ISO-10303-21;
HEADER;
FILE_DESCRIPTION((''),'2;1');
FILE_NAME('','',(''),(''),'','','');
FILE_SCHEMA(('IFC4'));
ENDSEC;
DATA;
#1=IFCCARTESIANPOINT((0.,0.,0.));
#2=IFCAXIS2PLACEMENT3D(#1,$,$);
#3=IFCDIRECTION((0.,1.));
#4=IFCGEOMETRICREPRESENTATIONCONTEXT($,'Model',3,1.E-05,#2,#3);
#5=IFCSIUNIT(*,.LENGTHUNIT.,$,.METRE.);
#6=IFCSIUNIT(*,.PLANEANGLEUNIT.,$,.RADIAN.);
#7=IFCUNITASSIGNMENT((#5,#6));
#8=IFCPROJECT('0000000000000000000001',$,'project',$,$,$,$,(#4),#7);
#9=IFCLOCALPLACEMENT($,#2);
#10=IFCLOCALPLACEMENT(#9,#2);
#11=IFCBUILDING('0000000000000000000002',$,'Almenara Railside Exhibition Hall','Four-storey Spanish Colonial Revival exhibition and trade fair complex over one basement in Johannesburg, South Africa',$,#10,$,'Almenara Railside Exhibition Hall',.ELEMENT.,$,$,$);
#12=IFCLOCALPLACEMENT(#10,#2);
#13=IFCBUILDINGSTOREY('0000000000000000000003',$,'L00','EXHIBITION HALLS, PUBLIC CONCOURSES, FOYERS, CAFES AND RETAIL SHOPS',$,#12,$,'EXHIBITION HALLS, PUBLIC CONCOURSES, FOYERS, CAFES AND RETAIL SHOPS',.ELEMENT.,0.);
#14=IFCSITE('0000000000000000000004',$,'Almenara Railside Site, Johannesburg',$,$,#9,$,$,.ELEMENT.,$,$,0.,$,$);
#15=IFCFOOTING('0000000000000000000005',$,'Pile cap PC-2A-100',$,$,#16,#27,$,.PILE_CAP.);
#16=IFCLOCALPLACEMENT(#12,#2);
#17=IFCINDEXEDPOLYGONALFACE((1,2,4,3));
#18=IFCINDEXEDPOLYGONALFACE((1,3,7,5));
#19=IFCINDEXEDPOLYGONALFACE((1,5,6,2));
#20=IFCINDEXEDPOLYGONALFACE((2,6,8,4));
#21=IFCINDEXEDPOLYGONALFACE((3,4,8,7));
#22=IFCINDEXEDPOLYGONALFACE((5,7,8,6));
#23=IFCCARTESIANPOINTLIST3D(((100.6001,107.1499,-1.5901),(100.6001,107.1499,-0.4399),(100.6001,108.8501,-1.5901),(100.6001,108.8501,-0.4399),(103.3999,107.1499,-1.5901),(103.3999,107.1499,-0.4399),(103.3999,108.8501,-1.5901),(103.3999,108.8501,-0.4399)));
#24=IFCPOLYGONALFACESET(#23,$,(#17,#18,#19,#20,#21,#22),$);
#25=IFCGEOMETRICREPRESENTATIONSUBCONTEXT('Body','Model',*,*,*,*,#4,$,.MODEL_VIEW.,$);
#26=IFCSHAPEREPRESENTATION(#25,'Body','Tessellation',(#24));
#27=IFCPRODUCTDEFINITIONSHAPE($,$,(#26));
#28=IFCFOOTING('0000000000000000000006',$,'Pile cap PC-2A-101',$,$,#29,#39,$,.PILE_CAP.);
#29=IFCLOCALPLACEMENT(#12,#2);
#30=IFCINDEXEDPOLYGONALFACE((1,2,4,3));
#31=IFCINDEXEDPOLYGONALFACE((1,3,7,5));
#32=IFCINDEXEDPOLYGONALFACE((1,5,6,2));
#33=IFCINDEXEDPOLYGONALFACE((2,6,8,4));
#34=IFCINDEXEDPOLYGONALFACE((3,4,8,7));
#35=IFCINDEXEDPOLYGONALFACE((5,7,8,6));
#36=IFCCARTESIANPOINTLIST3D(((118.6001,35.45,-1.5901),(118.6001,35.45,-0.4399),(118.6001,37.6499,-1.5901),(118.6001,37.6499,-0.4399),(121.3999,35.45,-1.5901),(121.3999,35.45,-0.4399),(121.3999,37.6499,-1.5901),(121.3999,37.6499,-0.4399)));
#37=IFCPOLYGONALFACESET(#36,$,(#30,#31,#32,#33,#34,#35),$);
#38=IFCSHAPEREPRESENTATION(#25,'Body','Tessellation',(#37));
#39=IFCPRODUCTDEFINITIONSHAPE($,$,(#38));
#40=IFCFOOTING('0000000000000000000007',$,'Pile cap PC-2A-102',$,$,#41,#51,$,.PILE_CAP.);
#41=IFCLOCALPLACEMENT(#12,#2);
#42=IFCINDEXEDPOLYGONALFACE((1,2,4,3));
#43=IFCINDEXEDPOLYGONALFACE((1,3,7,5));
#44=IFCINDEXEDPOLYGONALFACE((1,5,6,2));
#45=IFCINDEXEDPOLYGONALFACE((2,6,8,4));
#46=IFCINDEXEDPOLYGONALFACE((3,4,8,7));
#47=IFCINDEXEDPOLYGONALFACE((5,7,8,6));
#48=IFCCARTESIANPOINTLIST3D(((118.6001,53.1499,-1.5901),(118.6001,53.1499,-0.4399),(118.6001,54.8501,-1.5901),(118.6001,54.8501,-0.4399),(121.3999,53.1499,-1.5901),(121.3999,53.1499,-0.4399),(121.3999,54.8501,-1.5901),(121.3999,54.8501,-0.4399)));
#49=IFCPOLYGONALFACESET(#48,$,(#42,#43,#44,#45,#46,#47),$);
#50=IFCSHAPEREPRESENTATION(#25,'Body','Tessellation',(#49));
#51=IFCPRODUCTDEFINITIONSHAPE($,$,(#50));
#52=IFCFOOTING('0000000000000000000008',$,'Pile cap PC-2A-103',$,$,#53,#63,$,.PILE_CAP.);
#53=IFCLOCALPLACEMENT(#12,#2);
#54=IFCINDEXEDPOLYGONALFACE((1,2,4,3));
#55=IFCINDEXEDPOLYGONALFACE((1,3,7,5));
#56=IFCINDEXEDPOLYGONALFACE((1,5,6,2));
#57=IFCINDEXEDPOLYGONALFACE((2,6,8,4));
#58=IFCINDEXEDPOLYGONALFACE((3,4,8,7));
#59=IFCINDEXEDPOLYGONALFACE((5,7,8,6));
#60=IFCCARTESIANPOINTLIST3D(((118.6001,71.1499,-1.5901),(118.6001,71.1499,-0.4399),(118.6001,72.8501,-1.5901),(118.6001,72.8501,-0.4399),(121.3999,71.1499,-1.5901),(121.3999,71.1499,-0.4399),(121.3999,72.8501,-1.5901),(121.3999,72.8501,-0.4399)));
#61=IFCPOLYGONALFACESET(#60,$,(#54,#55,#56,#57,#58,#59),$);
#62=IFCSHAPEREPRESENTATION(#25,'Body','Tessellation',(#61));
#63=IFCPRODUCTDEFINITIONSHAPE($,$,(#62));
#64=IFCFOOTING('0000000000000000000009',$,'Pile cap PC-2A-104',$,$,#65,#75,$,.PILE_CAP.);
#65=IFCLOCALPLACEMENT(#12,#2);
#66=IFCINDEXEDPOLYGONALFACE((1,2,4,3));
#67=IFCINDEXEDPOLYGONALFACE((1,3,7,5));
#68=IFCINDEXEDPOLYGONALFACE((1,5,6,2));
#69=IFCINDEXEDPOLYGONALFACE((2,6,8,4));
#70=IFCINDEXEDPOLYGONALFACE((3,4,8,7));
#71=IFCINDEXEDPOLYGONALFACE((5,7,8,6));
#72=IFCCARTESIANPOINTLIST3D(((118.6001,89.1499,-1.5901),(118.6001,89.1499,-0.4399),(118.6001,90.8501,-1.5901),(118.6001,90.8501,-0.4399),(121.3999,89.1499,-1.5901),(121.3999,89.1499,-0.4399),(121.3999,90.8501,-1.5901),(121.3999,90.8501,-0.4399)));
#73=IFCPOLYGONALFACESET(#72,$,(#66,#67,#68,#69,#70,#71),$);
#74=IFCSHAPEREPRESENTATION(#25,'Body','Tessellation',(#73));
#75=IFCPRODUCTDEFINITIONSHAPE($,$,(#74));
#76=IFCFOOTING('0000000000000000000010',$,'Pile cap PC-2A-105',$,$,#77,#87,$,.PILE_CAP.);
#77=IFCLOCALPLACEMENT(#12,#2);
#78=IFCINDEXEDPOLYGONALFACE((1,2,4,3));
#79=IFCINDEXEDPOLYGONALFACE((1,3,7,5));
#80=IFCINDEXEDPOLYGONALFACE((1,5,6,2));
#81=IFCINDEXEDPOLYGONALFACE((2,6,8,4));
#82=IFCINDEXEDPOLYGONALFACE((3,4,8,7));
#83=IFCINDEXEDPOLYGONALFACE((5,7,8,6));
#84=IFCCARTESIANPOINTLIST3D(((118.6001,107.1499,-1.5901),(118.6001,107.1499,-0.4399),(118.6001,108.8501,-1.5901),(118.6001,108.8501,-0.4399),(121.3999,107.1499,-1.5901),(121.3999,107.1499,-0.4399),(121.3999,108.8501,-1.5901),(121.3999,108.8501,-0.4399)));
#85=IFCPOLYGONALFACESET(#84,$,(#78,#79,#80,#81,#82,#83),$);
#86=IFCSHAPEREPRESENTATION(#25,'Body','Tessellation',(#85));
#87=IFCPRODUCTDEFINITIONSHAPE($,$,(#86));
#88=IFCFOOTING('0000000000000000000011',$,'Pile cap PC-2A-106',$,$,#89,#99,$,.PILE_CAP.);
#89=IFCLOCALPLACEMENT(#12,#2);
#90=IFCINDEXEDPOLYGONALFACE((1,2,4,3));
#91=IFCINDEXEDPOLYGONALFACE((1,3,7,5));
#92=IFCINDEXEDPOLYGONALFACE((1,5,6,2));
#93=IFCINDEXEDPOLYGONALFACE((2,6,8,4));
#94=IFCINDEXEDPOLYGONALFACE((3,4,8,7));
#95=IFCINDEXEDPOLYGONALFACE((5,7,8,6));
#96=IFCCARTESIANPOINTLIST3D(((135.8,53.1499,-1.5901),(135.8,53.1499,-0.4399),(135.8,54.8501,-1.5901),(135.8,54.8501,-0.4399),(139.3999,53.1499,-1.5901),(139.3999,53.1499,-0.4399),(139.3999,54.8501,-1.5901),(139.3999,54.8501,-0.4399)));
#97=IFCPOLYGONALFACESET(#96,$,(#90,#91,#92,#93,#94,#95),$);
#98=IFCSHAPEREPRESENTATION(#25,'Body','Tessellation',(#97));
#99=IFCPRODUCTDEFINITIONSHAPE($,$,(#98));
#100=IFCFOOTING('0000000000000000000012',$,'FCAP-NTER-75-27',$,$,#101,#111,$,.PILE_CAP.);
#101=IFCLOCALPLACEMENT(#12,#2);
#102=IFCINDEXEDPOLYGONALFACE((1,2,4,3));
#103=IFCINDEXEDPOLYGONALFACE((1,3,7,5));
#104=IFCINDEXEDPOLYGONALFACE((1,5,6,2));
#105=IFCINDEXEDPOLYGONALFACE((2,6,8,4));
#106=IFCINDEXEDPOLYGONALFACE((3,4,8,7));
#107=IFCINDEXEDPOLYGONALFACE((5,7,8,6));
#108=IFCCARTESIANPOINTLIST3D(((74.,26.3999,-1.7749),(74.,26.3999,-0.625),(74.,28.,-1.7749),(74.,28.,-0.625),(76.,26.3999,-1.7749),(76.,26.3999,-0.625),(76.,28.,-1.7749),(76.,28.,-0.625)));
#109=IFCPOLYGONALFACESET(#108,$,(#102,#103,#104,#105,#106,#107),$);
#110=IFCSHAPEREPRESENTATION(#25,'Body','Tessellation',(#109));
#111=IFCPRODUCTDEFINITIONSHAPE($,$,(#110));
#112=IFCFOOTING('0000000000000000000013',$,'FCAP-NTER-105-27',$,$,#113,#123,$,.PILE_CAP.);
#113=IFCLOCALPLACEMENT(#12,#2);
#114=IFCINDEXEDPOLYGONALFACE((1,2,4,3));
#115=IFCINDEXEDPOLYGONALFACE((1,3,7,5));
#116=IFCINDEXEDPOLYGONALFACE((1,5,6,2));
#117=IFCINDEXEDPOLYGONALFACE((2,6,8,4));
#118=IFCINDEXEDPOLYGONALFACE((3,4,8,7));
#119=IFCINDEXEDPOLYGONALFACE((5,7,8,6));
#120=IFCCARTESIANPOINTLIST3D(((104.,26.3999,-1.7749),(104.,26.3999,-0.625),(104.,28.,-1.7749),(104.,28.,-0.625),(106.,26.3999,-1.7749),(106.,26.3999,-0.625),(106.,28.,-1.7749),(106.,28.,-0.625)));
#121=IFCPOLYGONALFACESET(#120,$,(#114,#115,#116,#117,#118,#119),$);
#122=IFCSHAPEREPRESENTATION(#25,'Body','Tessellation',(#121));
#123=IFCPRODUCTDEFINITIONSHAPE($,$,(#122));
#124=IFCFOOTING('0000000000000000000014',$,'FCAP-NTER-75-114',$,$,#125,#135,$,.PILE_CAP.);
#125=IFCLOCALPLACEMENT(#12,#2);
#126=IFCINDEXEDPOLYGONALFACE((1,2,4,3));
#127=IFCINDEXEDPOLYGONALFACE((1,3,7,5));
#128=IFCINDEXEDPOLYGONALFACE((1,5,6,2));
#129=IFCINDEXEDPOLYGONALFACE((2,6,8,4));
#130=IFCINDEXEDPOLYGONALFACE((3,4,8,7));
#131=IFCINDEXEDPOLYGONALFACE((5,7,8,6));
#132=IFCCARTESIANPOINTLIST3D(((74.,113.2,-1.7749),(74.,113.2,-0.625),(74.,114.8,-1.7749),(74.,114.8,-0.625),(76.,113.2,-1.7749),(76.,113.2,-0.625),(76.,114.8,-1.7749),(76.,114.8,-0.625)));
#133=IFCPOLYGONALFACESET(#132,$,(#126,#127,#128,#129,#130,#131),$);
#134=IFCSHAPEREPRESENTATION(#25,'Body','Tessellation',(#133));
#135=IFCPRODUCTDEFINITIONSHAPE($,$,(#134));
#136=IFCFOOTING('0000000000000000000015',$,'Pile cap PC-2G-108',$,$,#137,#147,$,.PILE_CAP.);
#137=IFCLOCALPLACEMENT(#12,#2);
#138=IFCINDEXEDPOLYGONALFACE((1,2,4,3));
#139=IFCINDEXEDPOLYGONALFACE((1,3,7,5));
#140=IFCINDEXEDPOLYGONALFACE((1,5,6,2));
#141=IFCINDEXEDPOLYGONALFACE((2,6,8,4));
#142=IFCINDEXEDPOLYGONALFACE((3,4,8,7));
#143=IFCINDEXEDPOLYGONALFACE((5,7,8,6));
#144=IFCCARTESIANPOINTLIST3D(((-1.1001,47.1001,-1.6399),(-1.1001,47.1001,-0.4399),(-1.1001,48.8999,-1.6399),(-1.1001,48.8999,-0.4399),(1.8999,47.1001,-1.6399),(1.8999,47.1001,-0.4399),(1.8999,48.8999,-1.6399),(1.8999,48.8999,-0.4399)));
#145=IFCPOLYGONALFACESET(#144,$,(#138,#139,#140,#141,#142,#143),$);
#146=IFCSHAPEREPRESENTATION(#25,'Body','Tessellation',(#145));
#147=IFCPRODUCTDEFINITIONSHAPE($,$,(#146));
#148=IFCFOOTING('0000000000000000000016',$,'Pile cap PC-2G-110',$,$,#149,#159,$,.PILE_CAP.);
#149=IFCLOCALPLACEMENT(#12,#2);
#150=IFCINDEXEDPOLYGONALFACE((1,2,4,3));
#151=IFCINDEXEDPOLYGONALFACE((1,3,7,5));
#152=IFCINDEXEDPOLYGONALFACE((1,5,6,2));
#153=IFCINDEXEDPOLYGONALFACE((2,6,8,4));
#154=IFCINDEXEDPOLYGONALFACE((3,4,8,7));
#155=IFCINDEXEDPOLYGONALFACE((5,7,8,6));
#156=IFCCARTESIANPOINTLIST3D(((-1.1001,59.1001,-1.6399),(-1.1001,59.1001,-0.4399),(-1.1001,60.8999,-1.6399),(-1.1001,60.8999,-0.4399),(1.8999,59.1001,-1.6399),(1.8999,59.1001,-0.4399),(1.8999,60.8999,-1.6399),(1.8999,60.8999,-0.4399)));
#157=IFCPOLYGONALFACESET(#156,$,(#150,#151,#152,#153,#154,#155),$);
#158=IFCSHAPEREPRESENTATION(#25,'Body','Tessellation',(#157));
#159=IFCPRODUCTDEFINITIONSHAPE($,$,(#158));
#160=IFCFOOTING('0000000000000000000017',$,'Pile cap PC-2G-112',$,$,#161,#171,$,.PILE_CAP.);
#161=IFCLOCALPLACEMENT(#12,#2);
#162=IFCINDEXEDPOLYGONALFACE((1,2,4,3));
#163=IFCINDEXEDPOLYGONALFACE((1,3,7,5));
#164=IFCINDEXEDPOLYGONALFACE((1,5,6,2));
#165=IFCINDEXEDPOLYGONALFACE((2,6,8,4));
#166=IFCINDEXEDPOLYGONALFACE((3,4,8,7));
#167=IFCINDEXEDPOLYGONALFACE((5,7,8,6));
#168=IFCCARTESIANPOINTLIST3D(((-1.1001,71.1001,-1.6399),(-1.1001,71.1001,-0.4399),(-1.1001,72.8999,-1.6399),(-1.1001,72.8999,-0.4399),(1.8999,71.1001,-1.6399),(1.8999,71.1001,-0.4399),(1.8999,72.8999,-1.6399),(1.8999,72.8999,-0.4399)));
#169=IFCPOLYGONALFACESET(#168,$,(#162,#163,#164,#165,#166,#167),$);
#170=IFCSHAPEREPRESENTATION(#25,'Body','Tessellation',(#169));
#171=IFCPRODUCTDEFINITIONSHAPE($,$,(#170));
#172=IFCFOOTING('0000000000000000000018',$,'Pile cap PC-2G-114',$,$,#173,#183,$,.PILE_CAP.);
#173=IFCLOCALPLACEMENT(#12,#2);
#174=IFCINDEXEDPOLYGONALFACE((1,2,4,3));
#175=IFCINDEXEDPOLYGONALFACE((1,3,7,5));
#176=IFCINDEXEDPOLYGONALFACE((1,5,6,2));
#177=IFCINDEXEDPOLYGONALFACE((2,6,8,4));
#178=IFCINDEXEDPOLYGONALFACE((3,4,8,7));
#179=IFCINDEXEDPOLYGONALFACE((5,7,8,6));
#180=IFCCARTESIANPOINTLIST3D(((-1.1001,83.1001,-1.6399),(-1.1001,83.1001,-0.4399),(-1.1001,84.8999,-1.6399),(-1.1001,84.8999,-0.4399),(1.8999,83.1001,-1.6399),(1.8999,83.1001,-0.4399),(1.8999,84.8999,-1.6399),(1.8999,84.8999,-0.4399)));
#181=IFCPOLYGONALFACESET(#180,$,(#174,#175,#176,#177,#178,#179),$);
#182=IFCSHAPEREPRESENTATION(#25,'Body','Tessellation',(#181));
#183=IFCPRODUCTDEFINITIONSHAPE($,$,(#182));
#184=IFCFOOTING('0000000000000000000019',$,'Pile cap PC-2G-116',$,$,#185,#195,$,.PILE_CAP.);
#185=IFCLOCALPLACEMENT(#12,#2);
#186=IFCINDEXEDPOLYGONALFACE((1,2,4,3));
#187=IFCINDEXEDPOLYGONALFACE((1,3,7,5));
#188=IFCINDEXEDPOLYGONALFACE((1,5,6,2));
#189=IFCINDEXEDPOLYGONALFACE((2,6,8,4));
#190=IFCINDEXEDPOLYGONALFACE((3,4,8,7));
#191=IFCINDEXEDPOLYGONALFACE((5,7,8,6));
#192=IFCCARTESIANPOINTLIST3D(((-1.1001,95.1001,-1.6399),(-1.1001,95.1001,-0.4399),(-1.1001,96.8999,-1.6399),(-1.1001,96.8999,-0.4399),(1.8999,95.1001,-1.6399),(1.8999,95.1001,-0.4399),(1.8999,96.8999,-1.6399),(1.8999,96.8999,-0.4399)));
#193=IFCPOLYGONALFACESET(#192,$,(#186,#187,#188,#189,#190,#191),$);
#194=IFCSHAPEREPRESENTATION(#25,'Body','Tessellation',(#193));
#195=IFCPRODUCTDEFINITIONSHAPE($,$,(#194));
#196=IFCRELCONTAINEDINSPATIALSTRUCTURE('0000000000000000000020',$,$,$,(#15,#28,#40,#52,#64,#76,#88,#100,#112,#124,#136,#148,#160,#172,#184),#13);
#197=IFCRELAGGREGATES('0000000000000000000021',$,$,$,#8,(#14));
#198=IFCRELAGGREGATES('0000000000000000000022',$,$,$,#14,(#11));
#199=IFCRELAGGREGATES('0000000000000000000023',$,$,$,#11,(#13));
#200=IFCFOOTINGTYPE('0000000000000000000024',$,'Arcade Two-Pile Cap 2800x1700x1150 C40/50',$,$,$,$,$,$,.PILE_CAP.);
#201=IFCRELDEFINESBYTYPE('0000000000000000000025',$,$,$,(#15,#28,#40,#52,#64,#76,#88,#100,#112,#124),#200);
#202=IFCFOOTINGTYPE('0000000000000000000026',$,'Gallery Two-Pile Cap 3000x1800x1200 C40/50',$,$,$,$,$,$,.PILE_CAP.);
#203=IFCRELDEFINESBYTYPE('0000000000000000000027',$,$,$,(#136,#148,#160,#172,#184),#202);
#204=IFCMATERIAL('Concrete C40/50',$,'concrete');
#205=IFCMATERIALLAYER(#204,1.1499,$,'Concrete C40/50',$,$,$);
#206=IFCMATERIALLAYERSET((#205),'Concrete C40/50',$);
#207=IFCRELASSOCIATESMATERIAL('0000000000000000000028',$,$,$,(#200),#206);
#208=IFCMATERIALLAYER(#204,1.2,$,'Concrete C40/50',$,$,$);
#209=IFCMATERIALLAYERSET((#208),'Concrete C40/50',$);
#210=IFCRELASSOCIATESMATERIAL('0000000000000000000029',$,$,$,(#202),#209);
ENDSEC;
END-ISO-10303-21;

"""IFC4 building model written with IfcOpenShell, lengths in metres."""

from ifc_helpers import new_model, si_unit, direction, frame, origin, place, context, subcontext, project, spatial, polyline, outline, extrude, material, layer, layer_set, type_object, element, save


model = new_model("IFC4")

# Units and contexts
model_context = context("Model", 3, precision=1e-05, world=origin(), true_north=direction((0.0, 1.0)))
body_context = subcontext(model_context, "Body", "Model", "MODEL_VIEW")
ifc_project = project(units=[si_unit("LENGTHUNIT", "METRE"), si_unit("PLANEANGLEUNIT", "RADIAN")], contexts=[model_context])

# Site, building, storey
site_placement = place(None, origin())
site = spatial("IfcSite", under=ifc_project, at=site_placement, Name="Almenara Railside Site, Johannesburg", CompositionType="ELEMENT", RefElevation=0.0)
building_placement = place(site_placement, origin())
building = spatial("IfcBuilding", under=site, at=building_placement, Name="Almenara Railside Exhibition Hall", Description="Four-storey Spanish Colonial Revival exhibition and trade fair complex over one basement in Johannesburg, South Africa", LongName="Almenara Railside Exhibition Hall", CompositionType="ELEMENT")
storey_placement = place(building_placement, origin())
storey = spatial("IfcBuildingStorey", under=building, at=storey_placement, Name="L00", Description="EXHIBITION HALLS, PUBLIC CONCOURSES, FOYERS, CAFES AND RETAIL SHOPS", LongName="EXHIBITION HALLS, PUBLIC CONCOURSES, FOYERS, CAFES AND RETAIL SHOPS", CompositionType="ELEMENT", Elevation=0.0)

# Footings
ifc_material = material(Name="Concrete C40/50", Category="concrete")
ifc_layer_1 = layer(ifc_material, 1.1499, Name="Concrete C40/50")
ifc_layer_set_1 = layer_set([ifc_layer_1], Name="Concrete C40/50")
footing_type_1 = type_object("IfcFootingType", Name="Arcade Two-Pile Cap 2800x1700x1150 C40/50", PredefinedType="PILE_CAP", material=ifc_layer_set_1)
footing_1_placement = place(storey_placement, frame((0.0, 0.0, -1.5901)))
element("IfcFooting", 1, at=footing_1_placement, inside=storey, type_object=footing_type_1, Name="Pile cap PC-2A-100", PredefinedType="PILE_CAP", context=body_context, shape_type="SweptSolid", body=[
    extrude(outline(polyline([(100.6001, 107.1499), (103.3999, 107.1499), (103.3999, 108.8501), (100.6001, 108.8501), (100.6001, 107.1499)])), origin(), (0.0, 0.0, 1.0), 1.1501),
])
footing_2_placement = place(storey_placement, frame((0.0, 0.0, -1.5901)))
element("IfcFooting", 2, at=footing_2_placement, inside=storey, type_object=footing_type_1, Name="Pile cap PC-2A-101", PredefinedType="PILE_CAP", context=body_context, shape_type="SweptSolid", body=[
    extrude(outline(polyline([(118.6001, 35.45), (121.3999, 35.45), (121.3999, 37.6499), (118.6001, 37.6499), (118.6001, 35.45)])), origin(), (0.0, 0.0, 1.0), 1.1501),
])
footing_3_placement = place(storey_placement, frame((0.0, 0.0, -1.5901)))
element("IfcFooting", 3, at=footing_3_placement, inside=storey, type_object=footing_type_1, Name="Pile cap PC-2A-102", PredefinedType="PILE_CAP", context=body_context, shape_type="SweptSolid", body=[
    extrude(outline(polyline([(118.6001, 53.1499), (121.3999, 53.1499), (121.3999, 54.8501), (118.6001, 54.8501), (118.6001, 53.1499)])), origin(), (0.0, 0.0, 1.0), 1.1501),
])
footing_4_placement = place(storey_placement, frame((0.0, 0.0, -1.5901)))
element("IfcFooting", 4, at=footing_4_placement, inside=storey, type_object=footing_type_1, Name="Pile cap PC-2A-103", PredefinedType="PILE_CAP", context=body_context, shape_type="SweptSolid", body=[
    extrude(outline(polyline([(118.6001, 71.1499), (121.3999, 71.1499), (121.3999, 72.8501), (118.6001, 72.8501), (118.6001, 71.1499)])), origin(), (0.0, 0.0, 1.0), 1.1501),
])
footing_5_placement = place(storey_placement, frame((0.0, 0.0, -1.5901)))
element("IfcFooting", 5, at=footing_5_placement, inside=storey, type_object=footing_type_1, Name="Pile cap PC-2A-104", PredefinedType="PILE_CAP", context=body_context, shape_type="SweptSolid", body=[
    extrude(outline(polyline([(118.6001, 89.1499), (121.3999, 89.1499), (121.3999, 90.8501), (118.6001, 90.8501), (118.6001, 89.1499)])), origin(), (0.0, 0.0, 1.0), 1.1501),
])
footing_6_placement = place(storey_placement, frame((0.0, 0.0, -1.5901)))
element("IfcFooting", 6, at=footing_6_placement, inside=storey, type_object=footing_type_1, Name="Pile cap PC-2A-105", PredefinedType="PILE_CAP", context=body_context, shape_type="SweptSolid", body=[
    extrude(outline(polyline([(118.6001, 107.1499), (121.3999, 107.1499), (121.3999, 108.8501), (118.6001, 108.8501), (118.6001, 107.1499)])), origin(), (0.0, 0.0, 1.0), 1.1501),
])
footing_7_placement = place(storey_placement, frame((0.0, 0.0, -1.5901)))
element("IfcFooting", 7, at=footing_7_placement, inside=storey, type_object=footing_type_1, Name="Pile cap PC-2A-106", PredefinedType="PILE_CAP", context=body_context, shape_type="SweptSolid", body=[
    extrude(outline(polyline([(135.8, 53.1499), (139.3999, 53.1499), (139.3999, 54.8501), (135.8, 54.8501), (135.8, 53.1499)])), origin(), (0.0, 0.0, 1.0), 1.1501),
])
footing_8_placement = place(storey_placement, frame((0.0, 0.0, -1.7749)))
element("IfcFooting", 8, at=footing_8_placement, inside=storey, type_object=footing_type_1, Name="FCAP-NTER-75-27", PredefinedType="PILE_CAP", context=body_context, shape_type="SweptSolid", body=[
    extrude(outline(polyline([(74.0, 26.3999), (76.0, 26.3999), (76.0, 28.0), (74.0, 28.0), (74.0, 26.3999)])), origin(), (0.0, 0.0, 1.0), 1.1499),
])
footing_9_placement = place(storey_placement, frame((0.0, 0.0, -1.7749)))
element("IfcFooting", 9, at=footing_9_placement, inside=storey, type_object=footing_type_1, Name="FCAP-NTER-105-27", PredefinedType="PILE_CAP", context=body_context, shape_type="SweptSolid", body=[
    extrude(outline(polyline([(104.0, 26.3999), (106.0, 26.3999), (106.0, 28.0), (104.0, 28.0), (104.0, 26.3999)])), origin(), (0.0, 0.0, 1.0), 1.1499),
])
footing_10_placement = place(storey_placement, frame((0.0, 0.0, -1.7749)))
element("IfcFooting", 10, at=footing_10_placement, inside=storey, type_object=footing_type_1, Name="FCAP-NTER-75-114", PredefinedType="PILE_CAP", context=body_context, shape_type="SweptSolid", body=[
    extrude(outline(polyline([(74.0, 113.2), (76.0, 113.2), (76.0, 114.8), (74.0, 114.8), (74.0, 113.2)])), origin(), (0.0, 0.0, 1.0), 1.1499),
])
ifc_layer_2 = layer(ifc_material, 1.2, Name="Concrete C40/50")
ifc_layer_set_2 = layer_set([ifc_layer_2], Name="Concrete C40/50")
footing_type_2 = type_object("IfcFootingType", Name="Gallery Two-Pile Cap 3000x1800x1200 C40/50", PredefinedType="PILE_CAP", material=ifc_layer_set_2)
footing_11_placement = place(storey_placement, frame((0.0, 0.0, -1.6399)))
element("IfcFooting", 11, at=footing_11_placement, inside=storey, type_object=footing_type_2, Name="Pile cap PC-2G-108", PredefinedType="PILE_CAP", context=body_context, shape_type="SweptSolid", body=[
    extrude(outline(polyline([(-1.1001, 47.1001), (1.8999, 47.1001), (1.8999, 48.8999), (-1.1001, 48.8999), (-1.1001, 47.1001)])), origin(), (0.0, 0.0, 1.0), 1.2),
])
footing_12_placement = place(storey_placement, frame((0.0, 0.0, -1.6399)))
element("IfcFooting", 12, at=footing_12_placement, inside=storey, type_object=footing_type_2, Name="Pile cap PC-2G-110", PredefinedType="PILE_CAP", context=body_context, shape_type="SweptSolid", body=[
    extrude(outline(polyline([(-1.1001, 59.1001), (1.8999, 59.1001), (1.8999, 60.8999), (-1.1001, 60.8999), (-1.1001, 59.1001)])), origin(), (0.0, 0.0, 1.0), 1.2),
])
footing_13_placement = place(storey_placement, frame((0.0, 0.0, -1.6399)))
element("IfcFooting", 13, at=footing_13_placement, inside=storey, type_object=footing_type_2, Name="Pile cap PC-2G-112", PredefinedType="PILE_CAP", context=body_context, shape_type="SweptSolid", body=[
    extrude(outline(polyline([(-1.1001, 71.1001), (1.8999, 71.1001), (1.8999, 72.8999), (-1.1001, 72.8999), (-1.1001, 71.1001)])), origin(), (0.0, 0.0, 1.0), 1.2),
])
footing_14_placement = place(storey_placement, frame((0.0, 0.0, -1.6399)))
element("IfcFooting", 14, at=footing_14_placement, inside=storey, type_object=footing_type_2, Name="Pile cap PC-2G-114", PredefinedType="PILE_CAP", context=body_context, shape_type="SweptSolid", body=[
    extrude(outline(polyline([(-1.1001, 83.1001), (1.8999, 83.1001), (1.8999, 84.8999), (-1.1001, 84.8999), (-1.1001, 83.1001)])), origin(), (0.0, 0.0, 1.0), 1.2),
])
footing_15_placement = place(storey_placement, frame((0.0, 0.0, -1.6399)))
element("IfcFooting", 15, at=footing_15_placement, inside=storey, type_object=footing_type_2, Name="Pile cap PC-2G-116", PredefinedType="PILE_CAP", context=body_context, shape_type="SweptSolid", body=[
    extrude(outline(polyline([(-1.1001, 95.1001), (1.8999, 95.1001), (1.8999, 96.8999), (-1.1001, 96.8999), (-1.1001, 95.1001)])), origin(), (0.0, 0.0, 1.0), 1.2),
])

save(model, "model.ifc")
